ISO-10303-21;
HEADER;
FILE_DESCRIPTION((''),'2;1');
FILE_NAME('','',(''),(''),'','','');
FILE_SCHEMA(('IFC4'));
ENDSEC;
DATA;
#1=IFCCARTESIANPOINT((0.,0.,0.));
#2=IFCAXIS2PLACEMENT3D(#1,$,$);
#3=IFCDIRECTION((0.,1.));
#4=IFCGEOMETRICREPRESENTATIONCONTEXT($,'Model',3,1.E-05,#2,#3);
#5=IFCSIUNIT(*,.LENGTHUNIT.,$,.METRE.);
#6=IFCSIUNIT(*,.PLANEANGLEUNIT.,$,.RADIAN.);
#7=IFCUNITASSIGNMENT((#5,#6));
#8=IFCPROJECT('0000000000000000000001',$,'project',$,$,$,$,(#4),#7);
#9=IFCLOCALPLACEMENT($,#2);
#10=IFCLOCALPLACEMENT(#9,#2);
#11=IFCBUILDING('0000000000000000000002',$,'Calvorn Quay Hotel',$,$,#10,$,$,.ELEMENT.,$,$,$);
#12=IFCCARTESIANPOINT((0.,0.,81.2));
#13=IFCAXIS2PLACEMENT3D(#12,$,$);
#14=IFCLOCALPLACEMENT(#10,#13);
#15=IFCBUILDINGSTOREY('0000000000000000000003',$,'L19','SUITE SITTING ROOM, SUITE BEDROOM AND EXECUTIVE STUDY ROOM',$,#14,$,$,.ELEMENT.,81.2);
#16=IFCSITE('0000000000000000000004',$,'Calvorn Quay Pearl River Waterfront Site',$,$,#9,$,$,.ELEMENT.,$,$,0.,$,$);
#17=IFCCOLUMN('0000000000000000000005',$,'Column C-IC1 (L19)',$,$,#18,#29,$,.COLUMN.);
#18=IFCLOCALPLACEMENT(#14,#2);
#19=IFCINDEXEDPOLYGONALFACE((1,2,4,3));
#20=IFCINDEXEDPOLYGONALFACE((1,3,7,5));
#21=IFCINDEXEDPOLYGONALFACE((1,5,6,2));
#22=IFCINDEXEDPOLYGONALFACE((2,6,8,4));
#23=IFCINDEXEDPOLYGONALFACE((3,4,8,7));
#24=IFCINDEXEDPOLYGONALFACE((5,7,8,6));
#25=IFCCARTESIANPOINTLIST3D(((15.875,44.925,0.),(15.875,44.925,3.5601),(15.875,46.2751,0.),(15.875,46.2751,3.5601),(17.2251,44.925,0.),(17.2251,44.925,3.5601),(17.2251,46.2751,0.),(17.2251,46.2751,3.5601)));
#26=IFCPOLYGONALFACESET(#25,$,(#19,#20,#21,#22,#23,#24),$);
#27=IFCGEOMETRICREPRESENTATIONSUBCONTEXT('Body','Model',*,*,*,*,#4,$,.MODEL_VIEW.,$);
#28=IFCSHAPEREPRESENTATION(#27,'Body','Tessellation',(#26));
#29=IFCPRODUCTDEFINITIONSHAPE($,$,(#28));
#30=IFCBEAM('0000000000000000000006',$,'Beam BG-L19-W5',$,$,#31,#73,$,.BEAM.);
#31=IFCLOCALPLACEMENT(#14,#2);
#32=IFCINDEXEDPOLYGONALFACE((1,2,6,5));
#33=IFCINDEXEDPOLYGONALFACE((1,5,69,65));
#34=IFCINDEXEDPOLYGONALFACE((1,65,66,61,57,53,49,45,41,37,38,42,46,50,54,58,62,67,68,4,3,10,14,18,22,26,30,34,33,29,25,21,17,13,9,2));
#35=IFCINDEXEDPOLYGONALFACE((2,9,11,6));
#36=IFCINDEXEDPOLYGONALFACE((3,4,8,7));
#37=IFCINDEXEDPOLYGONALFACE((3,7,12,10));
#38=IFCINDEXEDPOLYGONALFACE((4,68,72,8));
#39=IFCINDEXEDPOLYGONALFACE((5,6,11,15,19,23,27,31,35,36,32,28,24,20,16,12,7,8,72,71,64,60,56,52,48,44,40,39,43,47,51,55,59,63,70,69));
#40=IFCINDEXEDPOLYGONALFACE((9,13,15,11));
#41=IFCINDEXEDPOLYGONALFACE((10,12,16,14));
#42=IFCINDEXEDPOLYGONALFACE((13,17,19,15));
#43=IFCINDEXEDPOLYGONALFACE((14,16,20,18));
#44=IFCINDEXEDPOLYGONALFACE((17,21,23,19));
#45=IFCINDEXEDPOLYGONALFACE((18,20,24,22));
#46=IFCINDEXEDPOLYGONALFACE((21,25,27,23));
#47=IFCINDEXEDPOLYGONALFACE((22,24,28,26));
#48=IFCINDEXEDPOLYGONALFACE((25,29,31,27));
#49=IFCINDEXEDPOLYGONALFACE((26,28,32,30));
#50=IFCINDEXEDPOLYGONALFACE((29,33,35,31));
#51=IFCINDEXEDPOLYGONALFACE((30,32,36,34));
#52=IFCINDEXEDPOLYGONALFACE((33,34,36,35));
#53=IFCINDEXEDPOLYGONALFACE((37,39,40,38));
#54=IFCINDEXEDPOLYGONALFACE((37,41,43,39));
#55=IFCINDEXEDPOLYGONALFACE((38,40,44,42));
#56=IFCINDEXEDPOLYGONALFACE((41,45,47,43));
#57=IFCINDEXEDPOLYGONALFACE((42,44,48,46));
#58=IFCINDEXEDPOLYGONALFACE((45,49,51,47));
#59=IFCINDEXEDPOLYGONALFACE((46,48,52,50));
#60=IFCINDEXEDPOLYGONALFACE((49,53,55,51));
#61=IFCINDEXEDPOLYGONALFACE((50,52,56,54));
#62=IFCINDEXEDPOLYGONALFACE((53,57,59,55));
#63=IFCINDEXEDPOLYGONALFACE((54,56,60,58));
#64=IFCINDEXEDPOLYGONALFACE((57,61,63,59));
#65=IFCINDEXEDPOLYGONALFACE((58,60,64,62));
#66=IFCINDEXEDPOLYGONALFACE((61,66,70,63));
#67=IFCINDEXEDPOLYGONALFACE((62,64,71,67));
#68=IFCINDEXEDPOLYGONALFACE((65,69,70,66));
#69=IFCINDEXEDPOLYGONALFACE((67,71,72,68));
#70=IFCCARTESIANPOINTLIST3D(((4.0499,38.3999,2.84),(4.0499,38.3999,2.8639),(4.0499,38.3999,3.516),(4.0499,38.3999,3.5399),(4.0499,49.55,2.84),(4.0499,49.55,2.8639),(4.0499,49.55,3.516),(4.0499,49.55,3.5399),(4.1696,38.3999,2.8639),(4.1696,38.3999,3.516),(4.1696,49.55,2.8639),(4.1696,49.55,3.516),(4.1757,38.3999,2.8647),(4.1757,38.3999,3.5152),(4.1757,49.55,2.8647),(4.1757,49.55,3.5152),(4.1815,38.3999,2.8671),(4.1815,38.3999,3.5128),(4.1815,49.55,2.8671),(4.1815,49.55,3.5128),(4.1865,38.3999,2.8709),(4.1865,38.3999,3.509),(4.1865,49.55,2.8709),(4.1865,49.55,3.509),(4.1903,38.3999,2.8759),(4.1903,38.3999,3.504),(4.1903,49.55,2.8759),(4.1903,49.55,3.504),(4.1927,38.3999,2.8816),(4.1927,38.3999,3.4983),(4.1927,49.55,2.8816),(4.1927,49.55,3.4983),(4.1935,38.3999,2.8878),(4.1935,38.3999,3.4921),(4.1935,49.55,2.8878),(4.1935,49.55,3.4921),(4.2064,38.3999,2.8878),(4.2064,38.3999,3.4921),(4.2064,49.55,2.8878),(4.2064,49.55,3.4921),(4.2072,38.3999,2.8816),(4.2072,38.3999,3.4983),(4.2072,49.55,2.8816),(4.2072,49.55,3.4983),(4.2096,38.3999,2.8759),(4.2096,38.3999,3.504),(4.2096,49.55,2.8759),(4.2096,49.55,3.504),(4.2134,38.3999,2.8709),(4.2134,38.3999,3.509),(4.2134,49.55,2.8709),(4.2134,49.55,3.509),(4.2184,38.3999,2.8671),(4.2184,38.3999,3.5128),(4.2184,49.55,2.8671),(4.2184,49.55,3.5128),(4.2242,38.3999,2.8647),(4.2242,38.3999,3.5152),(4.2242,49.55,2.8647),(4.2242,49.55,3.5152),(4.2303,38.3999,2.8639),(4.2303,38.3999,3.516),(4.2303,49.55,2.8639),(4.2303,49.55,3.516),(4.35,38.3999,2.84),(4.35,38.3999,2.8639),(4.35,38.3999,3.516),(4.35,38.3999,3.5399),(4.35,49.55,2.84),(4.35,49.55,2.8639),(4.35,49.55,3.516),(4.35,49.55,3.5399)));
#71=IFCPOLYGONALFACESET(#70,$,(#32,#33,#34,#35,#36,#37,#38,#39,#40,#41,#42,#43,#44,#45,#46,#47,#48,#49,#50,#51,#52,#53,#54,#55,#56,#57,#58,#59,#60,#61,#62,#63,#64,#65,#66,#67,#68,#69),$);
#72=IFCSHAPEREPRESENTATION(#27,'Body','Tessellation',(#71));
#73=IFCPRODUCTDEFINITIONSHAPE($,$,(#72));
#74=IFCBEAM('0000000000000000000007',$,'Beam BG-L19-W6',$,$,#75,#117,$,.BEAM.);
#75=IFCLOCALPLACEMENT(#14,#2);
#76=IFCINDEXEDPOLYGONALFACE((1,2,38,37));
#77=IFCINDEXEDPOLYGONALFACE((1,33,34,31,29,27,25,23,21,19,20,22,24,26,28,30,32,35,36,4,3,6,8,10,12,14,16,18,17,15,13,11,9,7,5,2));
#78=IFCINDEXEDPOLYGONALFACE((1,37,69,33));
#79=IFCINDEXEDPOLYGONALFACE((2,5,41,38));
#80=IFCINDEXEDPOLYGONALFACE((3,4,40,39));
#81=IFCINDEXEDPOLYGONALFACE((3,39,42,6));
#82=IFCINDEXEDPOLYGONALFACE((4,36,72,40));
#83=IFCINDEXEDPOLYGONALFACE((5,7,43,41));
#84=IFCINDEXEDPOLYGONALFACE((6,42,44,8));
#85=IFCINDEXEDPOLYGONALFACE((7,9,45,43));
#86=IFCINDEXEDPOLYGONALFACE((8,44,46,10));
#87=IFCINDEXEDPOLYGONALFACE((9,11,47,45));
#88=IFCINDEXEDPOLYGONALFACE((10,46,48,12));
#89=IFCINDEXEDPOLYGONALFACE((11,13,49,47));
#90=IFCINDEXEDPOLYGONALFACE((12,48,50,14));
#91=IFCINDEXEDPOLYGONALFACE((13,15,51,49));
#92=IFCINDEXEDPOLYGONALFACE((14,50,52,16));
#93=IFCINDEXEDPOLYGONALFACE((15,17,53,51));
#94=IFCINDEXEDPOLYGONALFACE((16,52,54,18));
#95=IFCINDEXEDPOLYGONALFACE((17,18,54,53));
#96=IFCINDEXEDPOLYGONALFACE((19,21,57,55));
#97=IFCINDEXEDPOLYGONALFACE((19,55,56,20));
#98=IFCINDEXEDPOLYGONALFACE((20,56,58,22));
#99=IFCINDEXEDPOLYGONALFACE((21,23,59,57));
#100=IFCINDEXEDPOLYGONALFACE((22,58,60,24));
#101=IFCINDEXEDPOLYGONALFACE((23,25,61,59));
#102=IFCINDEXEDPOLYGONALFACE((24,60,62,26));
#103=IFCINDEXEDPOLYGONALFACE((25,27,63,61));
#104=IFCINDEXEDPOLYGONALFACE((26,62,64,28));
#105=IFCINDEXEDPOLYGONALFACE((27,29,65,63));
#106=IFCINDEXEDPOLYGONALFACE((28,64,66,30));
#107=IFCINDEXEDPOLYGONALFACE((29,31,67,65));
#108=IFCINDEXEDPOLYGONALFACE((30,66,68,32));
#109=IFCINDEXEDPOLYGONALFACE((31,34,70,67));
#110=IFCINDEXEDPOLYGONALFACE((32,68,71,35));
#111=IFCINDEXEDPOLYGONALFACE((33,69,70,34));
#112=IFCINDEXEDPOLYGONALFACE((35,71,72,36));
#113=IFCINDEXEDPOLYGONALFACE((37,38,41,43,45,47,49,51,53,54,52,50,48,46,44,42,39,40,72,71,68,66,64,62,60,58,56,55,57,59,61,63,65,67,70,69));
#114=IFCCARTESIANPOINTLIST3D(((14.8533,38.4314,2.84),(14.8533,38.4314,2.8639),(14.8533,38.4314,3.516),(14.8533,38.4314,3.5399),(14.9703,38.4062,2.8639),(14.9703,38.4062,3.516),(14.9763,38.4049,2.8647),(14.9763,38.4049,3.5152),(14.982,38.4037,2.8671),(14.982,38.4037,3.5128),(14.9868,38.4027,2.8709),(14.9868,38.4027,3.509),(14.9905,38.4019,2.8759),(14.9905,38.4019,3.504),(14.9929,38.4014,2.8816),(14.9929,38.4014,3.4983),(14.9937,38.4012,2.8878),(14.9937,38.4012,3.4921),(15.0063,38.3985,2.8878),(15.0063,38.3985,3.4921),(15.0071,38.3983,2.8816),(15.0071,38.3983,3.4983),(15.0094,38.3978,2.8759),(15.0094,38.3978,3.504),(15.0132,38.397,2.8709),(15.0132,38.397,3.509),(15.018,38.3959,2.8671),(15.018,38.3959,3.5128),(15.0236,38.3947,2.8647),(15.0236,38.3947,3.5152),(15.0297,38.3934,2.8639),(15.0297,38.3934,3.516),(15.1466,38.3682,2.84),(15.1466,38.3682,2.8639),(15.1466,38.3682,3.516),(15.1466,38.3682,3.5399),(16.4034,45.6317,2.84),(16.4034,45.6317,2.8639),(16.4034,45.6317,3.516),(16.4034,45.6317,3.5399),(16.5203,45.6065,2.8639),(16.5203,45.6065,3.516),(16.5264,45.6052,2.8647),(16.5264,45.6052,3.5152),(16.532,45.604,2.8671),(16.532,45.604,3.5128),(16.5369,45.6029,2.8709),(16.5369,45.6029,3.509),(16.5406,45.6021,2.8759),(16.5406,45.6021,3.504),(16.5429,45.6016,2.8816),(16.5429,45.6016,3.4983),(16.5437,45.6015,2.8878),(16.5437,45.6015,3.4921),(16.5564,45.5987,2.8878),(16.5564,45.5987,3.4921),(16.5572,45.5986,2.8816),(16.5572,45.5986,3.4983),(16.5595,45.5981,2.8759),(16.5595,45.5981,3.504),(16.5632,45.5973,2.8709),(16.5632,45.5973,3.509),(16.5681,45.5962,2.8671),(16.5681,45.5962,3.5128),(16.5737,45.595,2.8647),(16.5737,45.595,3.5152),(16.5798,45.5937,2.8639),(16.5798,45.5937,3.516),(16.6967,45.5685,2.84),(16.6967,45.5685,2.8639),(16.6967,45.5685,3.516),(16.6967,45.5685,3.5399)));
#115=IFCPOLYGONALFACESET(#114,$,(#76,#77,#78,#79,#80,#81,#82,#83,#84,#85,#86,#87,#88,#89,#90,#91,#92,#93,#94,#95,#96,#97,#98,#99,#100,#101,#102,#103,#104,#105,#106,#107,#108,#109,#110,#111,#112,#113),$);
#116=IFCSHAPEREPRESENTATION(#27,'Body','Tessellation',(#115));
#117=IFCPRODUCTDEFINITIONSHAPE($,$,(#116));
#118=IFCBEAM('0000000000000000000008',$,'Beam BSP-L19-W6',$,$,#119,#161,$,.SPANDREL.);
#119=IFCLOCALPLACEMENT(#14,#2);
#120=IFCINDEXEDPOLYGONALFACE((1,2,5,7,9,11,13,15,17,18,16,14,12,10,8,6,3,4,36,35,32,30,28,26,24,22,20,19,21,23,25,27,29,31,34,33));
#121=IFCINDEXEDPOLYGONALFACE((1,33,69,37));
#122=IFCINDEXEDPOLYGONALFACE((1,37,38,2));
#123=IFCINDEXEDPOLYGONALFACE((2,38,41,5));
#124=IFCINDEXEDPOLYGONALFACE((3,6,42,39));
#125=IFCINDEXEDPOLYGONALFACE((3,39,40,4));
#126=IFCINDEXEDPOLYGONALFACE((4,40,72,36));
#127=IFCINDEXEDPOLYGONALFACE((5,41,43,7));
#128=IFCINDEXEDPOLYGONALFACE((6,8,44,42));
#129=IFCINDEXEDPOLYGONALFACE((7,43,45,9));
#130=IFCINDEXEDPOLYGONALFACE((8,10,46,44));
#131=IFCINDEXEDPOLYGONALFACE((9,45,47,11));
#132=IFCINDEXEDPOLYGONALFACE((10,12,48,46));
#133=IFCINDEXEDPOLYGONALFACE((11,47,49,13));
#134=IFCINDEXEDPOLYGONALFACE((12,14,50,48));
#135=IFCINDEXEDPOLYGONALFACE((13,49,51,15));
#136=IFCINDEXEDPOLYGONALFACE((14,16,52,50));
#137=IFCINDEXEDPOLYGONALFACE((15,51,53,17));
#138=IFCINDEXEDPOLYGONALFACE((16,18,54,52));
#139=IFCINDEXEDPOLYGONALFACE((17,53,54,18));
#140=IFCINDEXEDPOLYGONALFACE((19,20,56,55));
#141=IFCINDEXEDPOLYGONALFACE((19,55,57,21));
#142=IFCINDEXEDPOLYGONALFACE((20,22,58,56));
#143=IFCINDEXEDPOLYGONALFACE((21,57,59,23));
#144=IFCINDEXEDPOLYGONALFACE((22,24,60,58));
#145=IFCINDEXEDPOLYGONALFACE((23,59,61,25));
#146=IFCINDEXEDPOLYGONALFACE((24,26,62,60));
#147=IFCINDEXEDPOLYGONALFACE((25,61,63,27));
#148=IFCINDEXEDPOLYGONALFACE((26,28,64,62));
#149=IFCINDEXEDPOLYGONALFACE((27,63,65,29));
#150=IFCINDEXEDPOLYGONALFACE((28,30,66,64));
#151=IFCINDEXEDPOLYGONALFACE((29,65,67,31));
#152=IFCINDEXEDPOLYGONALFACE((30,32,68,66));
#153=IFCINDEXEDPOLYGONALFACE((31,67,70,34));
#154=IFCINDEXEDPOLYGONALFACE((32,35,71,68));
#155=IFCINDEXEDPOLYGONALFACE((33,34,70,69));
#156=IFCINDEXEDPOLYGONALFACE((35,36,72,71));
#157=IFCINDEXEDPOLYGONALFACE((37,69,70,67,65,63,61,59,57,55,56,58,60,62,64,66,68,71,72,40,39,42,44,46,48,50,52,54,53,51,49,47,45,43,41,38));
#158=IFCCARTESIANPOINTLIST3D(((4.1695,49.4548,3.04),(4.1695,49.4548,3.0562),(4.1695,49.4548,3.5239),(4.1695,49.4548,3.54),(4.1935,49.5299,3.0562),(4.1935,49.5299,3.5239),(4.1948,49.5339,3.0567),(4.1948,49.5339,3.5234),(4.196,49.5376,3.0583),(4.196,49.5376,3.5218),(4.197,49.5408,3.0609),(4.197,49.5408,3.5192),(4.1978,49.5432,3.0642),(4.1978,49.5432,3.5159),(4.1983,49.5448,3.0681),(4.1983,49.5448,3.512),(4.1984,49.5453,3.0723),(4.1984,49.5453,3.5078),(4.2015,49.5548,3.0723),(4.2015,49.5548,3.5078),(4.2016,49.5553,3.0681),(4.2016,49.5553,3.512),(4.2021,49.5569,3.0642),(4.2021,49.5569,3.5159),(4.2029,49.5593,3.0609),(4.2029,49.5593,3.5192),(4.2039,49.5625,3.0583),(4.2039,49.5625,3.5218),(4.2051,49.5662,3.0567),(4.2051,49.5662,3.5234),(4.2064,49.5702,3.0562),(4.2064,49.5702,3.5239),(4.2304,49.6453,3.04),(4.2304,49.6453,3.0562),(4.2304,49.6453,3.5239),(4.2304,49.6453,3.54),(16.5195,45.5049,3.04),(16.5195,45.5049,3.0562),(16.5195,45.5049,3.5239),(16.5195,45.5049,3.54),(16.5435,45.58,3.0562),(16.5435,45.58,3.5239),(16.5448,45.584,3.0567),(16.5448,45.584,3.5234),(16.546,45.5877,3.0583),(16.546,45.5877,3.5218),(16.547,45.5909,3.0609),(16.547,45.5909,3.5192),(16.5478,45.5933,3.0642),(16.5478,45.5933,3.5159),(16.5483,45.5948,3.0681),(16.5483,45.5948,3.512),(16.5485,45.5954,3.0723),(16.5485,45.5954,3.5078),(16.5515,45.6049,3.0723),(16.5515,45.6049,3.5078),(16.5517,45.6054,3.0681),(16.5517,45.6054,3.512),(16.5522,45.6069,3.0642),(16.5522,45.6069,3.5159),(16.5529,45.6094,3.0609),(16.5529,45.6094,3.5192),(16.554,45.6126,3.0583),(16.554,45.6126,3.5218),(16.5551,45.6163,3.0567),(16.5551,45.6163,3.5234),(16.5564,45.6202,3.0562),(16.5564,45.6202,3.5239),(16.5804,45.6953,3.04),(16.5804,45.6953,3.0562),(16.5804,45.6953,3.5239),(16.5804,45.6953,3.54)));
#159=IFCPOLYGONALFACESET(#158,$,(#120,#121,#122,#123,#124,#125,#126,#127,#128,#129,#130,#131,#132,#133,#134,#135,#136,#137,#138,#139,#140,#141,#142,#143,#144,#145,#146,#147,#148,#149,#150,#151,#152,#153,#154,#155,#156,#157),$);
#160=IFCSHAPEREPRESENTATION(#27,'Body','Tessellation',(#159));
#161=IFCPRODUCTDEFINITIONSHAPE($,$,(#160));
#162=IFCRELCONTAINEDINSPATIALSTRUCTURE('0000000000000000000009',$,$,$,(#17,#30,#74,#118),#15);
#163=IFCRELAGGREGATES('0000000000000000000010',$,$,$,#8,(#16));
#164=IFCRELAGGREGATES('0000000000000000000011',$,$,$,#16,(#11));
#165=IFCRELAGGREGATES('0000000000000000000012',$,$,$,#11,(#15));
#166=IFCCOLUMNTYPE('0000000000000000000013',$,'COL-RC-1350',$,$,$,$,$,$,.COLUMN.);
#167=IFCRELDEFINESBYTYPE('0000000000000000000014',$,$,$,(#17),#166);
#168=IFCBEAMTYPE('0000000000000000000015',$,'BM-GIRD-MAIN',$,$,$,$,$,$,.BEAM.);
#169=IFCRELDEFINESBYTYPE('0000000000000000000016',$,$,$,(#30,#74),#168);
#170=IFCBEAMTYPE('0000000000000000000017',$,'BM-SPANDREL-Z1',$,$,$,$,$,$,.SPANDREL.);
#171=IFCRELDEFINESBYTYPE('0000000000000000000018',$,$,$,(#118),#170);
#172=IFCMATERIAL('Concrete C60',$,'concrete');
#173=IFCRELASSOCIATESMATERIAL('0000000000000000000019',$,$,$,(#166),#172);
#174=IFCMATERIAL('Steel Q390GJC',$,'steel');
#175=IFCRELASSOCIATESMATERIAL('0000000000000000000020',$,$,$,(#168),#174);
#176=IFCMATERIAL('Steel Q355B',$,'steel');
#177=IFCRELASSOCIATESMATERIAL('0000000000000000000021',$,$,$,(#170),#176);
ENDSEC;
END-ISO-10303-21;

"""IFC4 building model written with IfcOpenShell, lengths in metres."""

from ifc_helpers import new_model, si_unit, direction, frame, origin, origin_2d, place, context, subcontext, project, spatial, rectangle, i_section, extrude, material, material_profile, profile_set, type_object, element, save


model = new_model("IFC4")

# Units and contexts
model_context = context("Model", 3, precision=1e-05, world=origin(), true_north=direction((0.0, 1.0)))
body_context = subcontext(model_context, "Body", "Model", "MODEL_VIEW")
ifc_project = project(units=[si_unit("LENGTHUNIT", "METRE"), si_unit("PLANEANGLEUNIT", "RADIAN")], contexts=[model_context])

# Site, building, storey
site_placement = place(None, origin())
site = spatial("IfcSite", under=ifc_project, at=site_placement, Name="Calvorn Quay Pearl River Waterfront Site", CompositionType="ELEMENT", RefElevation=0.0)
building_placement = place(site_placement, origin())
building = spatial("IfcBuilding", under=site, at=building_placement, Name="Calvorn Quay Hotel", CompositionType="ELEMENT")
storey_placement = place(building_placement, frame((0.0, 0.0, 81.2)))
storey = spatial("IfcBuildingStorey", under=building, at=storey_placement, Name="L19", Description="SUITE SITTING ROOM, SUITE BEDROOM AND EXECUTIVE STUDY ROOM", CompositionType="ELEMENT", Elevation=81.2)

# Column
ifc_material_1 = material(Name="Concrete C60", Category="concrete")
ifc_material_profile_1 = material_profile(ifc_material_1, rectangle(XDim=1.3501, YDim=1.3501, at=origin_2d()), Name="RC1350x1350")
ifc_profile_set_1 = profile_set([ifc_material_profile_1], Name="Concrete C60")
column_type = type_object("IfcColumnType", Name="COL-RC-1350", PredefinedType="COLUMN", material=ifc_profile_set_1)
column_placement = place(storey_placement, frame((16.55, 45.6001, 0.0), z_axis=(0.0, 0.0, 1.0), x_axis=(1.0, 0.0, 0.0)))
element("IfcColumn", 1, at=column_placement, inside=storey, type_object=column_type, Name="Column C-IC1 (L19)", PredefinedType="COLUMN", context=body_context, shape_type="SweptSolid", body=[
    extrude(rectangle(XDim=1.3501, YDim=1.3501, at=origin_2d()), origin(), (0.0, 0.0, 1.0), 3.5601),
])

# Beams
ifc_material_2 = material(Name="Steel Q390GJC", Category="steel")
ifc_material_profile_2 = material_profile(ifc_material_2, i_section(OverallWidth=0.3, OverallDepth=0.7, WebThickness=0.0129, FlangeThickness=0.0239, FilletRadius=0.0239, at=origin_2d()), Name="HN700x300x13x24")
ifc_profile_set_2 = profile_set([ifc_material_profile_2], Name="Steel Q390GJC")
beam_type_1 = type_object("IfcBeamType", Name="BM-GIRD-MAIN", PredefinedType="BEAM", material=ifc_profile_set_2)
beam_1_placement = place(storey_placement, frame((4.2, 49.55, 3.1899), z_axis=(0.0, -1.0, 0.0), x_axis=(1.0, 0.0, 0.0)))
element("IfcBeam", 2, at=beam_1_placement, inside=storey, type_object=beam_type_1, Name="Beam BG-L19-W5", PredefinedType="BEAM", context=body_context, shape_type="SweptSolid", body=[
    extrude(i_section(OverallWidth=0.3, OverallDepth=0.7, WebThickness=0.0129, FlangeThickness=0.0239, FilletRadius=0.0239, at=origin_2d()), origin(), (0.0, 0.0, 1.0), 11.1501),
])
beam_2_placement = place(storey_placement, frame((16.55, 45.6001, 3.1899), z_axis=(-0.210457, -0.977603, 0.0), x_axis=(0.977603, -0.210457, 0.0)))
element("IfcBeam", 3, at=beam_2_placement, inside=storey, type_object=beam_type_1, Name="Beam BG-L19-W6", PredefinedType="BEAM", context=body_context, shape_type="SweptSolid", body=[
    extrude(i_section(OverallWidth=0.3, OverallDepth=0.7, WebThickness=0.0129, FlangeThickness=0.0239, FilletRadius=0.0239, at=origin_2d()), origin(), (0.0, 0.0, 1.0), 7.3652),
])
ifc_material_3 = material(Name="Steel Q355B", Category="steel")
ifc_material_profile_3 = material_profile(ifc_material_3, i_section(OverallWidth=0.2, OverallDepth=0.5, WebThickness=0.01, FlangeThickness=0.0161, FilletRadius=0.0161, at=origin_2d()), Name="HN500x200x10x16")
ifc_profile_set_3 = profile_set([ifc_material_profile_3], Name="Steel Q355B")
beam_type_2 = type_object("IfcBeamType", Name="BM-SPANDREL-Z1", PredefinedType="SPANDREL", material=ifc_profile_set_3)
beam_3_placement = place(storey_placement, frame((4.2, 49.55, 3.29), z_axis=(0.952471, -0.30463, 0.0), x_axis=(0.30463, 0.952471, 0.0)))
element("IfcBeam", 4, at=beam_3_placement, inside=storey, type_object=beam_type_2, Name="Beam BSP-L19-W6", PredefinedType="SPANDREL", context=body_context, shape_type="SweptSolid", body=[
    extrude(i_section(OverallWidth=0.2, OverallDepth=0.5, WebThickness=0.01, FlangeThickness=0.0161, FilletRadius=0.0161, at=origin_2d()), origin(), (0.0, 0.0, 1.0), 12.9663),
])

save(model, "model.ifc")
